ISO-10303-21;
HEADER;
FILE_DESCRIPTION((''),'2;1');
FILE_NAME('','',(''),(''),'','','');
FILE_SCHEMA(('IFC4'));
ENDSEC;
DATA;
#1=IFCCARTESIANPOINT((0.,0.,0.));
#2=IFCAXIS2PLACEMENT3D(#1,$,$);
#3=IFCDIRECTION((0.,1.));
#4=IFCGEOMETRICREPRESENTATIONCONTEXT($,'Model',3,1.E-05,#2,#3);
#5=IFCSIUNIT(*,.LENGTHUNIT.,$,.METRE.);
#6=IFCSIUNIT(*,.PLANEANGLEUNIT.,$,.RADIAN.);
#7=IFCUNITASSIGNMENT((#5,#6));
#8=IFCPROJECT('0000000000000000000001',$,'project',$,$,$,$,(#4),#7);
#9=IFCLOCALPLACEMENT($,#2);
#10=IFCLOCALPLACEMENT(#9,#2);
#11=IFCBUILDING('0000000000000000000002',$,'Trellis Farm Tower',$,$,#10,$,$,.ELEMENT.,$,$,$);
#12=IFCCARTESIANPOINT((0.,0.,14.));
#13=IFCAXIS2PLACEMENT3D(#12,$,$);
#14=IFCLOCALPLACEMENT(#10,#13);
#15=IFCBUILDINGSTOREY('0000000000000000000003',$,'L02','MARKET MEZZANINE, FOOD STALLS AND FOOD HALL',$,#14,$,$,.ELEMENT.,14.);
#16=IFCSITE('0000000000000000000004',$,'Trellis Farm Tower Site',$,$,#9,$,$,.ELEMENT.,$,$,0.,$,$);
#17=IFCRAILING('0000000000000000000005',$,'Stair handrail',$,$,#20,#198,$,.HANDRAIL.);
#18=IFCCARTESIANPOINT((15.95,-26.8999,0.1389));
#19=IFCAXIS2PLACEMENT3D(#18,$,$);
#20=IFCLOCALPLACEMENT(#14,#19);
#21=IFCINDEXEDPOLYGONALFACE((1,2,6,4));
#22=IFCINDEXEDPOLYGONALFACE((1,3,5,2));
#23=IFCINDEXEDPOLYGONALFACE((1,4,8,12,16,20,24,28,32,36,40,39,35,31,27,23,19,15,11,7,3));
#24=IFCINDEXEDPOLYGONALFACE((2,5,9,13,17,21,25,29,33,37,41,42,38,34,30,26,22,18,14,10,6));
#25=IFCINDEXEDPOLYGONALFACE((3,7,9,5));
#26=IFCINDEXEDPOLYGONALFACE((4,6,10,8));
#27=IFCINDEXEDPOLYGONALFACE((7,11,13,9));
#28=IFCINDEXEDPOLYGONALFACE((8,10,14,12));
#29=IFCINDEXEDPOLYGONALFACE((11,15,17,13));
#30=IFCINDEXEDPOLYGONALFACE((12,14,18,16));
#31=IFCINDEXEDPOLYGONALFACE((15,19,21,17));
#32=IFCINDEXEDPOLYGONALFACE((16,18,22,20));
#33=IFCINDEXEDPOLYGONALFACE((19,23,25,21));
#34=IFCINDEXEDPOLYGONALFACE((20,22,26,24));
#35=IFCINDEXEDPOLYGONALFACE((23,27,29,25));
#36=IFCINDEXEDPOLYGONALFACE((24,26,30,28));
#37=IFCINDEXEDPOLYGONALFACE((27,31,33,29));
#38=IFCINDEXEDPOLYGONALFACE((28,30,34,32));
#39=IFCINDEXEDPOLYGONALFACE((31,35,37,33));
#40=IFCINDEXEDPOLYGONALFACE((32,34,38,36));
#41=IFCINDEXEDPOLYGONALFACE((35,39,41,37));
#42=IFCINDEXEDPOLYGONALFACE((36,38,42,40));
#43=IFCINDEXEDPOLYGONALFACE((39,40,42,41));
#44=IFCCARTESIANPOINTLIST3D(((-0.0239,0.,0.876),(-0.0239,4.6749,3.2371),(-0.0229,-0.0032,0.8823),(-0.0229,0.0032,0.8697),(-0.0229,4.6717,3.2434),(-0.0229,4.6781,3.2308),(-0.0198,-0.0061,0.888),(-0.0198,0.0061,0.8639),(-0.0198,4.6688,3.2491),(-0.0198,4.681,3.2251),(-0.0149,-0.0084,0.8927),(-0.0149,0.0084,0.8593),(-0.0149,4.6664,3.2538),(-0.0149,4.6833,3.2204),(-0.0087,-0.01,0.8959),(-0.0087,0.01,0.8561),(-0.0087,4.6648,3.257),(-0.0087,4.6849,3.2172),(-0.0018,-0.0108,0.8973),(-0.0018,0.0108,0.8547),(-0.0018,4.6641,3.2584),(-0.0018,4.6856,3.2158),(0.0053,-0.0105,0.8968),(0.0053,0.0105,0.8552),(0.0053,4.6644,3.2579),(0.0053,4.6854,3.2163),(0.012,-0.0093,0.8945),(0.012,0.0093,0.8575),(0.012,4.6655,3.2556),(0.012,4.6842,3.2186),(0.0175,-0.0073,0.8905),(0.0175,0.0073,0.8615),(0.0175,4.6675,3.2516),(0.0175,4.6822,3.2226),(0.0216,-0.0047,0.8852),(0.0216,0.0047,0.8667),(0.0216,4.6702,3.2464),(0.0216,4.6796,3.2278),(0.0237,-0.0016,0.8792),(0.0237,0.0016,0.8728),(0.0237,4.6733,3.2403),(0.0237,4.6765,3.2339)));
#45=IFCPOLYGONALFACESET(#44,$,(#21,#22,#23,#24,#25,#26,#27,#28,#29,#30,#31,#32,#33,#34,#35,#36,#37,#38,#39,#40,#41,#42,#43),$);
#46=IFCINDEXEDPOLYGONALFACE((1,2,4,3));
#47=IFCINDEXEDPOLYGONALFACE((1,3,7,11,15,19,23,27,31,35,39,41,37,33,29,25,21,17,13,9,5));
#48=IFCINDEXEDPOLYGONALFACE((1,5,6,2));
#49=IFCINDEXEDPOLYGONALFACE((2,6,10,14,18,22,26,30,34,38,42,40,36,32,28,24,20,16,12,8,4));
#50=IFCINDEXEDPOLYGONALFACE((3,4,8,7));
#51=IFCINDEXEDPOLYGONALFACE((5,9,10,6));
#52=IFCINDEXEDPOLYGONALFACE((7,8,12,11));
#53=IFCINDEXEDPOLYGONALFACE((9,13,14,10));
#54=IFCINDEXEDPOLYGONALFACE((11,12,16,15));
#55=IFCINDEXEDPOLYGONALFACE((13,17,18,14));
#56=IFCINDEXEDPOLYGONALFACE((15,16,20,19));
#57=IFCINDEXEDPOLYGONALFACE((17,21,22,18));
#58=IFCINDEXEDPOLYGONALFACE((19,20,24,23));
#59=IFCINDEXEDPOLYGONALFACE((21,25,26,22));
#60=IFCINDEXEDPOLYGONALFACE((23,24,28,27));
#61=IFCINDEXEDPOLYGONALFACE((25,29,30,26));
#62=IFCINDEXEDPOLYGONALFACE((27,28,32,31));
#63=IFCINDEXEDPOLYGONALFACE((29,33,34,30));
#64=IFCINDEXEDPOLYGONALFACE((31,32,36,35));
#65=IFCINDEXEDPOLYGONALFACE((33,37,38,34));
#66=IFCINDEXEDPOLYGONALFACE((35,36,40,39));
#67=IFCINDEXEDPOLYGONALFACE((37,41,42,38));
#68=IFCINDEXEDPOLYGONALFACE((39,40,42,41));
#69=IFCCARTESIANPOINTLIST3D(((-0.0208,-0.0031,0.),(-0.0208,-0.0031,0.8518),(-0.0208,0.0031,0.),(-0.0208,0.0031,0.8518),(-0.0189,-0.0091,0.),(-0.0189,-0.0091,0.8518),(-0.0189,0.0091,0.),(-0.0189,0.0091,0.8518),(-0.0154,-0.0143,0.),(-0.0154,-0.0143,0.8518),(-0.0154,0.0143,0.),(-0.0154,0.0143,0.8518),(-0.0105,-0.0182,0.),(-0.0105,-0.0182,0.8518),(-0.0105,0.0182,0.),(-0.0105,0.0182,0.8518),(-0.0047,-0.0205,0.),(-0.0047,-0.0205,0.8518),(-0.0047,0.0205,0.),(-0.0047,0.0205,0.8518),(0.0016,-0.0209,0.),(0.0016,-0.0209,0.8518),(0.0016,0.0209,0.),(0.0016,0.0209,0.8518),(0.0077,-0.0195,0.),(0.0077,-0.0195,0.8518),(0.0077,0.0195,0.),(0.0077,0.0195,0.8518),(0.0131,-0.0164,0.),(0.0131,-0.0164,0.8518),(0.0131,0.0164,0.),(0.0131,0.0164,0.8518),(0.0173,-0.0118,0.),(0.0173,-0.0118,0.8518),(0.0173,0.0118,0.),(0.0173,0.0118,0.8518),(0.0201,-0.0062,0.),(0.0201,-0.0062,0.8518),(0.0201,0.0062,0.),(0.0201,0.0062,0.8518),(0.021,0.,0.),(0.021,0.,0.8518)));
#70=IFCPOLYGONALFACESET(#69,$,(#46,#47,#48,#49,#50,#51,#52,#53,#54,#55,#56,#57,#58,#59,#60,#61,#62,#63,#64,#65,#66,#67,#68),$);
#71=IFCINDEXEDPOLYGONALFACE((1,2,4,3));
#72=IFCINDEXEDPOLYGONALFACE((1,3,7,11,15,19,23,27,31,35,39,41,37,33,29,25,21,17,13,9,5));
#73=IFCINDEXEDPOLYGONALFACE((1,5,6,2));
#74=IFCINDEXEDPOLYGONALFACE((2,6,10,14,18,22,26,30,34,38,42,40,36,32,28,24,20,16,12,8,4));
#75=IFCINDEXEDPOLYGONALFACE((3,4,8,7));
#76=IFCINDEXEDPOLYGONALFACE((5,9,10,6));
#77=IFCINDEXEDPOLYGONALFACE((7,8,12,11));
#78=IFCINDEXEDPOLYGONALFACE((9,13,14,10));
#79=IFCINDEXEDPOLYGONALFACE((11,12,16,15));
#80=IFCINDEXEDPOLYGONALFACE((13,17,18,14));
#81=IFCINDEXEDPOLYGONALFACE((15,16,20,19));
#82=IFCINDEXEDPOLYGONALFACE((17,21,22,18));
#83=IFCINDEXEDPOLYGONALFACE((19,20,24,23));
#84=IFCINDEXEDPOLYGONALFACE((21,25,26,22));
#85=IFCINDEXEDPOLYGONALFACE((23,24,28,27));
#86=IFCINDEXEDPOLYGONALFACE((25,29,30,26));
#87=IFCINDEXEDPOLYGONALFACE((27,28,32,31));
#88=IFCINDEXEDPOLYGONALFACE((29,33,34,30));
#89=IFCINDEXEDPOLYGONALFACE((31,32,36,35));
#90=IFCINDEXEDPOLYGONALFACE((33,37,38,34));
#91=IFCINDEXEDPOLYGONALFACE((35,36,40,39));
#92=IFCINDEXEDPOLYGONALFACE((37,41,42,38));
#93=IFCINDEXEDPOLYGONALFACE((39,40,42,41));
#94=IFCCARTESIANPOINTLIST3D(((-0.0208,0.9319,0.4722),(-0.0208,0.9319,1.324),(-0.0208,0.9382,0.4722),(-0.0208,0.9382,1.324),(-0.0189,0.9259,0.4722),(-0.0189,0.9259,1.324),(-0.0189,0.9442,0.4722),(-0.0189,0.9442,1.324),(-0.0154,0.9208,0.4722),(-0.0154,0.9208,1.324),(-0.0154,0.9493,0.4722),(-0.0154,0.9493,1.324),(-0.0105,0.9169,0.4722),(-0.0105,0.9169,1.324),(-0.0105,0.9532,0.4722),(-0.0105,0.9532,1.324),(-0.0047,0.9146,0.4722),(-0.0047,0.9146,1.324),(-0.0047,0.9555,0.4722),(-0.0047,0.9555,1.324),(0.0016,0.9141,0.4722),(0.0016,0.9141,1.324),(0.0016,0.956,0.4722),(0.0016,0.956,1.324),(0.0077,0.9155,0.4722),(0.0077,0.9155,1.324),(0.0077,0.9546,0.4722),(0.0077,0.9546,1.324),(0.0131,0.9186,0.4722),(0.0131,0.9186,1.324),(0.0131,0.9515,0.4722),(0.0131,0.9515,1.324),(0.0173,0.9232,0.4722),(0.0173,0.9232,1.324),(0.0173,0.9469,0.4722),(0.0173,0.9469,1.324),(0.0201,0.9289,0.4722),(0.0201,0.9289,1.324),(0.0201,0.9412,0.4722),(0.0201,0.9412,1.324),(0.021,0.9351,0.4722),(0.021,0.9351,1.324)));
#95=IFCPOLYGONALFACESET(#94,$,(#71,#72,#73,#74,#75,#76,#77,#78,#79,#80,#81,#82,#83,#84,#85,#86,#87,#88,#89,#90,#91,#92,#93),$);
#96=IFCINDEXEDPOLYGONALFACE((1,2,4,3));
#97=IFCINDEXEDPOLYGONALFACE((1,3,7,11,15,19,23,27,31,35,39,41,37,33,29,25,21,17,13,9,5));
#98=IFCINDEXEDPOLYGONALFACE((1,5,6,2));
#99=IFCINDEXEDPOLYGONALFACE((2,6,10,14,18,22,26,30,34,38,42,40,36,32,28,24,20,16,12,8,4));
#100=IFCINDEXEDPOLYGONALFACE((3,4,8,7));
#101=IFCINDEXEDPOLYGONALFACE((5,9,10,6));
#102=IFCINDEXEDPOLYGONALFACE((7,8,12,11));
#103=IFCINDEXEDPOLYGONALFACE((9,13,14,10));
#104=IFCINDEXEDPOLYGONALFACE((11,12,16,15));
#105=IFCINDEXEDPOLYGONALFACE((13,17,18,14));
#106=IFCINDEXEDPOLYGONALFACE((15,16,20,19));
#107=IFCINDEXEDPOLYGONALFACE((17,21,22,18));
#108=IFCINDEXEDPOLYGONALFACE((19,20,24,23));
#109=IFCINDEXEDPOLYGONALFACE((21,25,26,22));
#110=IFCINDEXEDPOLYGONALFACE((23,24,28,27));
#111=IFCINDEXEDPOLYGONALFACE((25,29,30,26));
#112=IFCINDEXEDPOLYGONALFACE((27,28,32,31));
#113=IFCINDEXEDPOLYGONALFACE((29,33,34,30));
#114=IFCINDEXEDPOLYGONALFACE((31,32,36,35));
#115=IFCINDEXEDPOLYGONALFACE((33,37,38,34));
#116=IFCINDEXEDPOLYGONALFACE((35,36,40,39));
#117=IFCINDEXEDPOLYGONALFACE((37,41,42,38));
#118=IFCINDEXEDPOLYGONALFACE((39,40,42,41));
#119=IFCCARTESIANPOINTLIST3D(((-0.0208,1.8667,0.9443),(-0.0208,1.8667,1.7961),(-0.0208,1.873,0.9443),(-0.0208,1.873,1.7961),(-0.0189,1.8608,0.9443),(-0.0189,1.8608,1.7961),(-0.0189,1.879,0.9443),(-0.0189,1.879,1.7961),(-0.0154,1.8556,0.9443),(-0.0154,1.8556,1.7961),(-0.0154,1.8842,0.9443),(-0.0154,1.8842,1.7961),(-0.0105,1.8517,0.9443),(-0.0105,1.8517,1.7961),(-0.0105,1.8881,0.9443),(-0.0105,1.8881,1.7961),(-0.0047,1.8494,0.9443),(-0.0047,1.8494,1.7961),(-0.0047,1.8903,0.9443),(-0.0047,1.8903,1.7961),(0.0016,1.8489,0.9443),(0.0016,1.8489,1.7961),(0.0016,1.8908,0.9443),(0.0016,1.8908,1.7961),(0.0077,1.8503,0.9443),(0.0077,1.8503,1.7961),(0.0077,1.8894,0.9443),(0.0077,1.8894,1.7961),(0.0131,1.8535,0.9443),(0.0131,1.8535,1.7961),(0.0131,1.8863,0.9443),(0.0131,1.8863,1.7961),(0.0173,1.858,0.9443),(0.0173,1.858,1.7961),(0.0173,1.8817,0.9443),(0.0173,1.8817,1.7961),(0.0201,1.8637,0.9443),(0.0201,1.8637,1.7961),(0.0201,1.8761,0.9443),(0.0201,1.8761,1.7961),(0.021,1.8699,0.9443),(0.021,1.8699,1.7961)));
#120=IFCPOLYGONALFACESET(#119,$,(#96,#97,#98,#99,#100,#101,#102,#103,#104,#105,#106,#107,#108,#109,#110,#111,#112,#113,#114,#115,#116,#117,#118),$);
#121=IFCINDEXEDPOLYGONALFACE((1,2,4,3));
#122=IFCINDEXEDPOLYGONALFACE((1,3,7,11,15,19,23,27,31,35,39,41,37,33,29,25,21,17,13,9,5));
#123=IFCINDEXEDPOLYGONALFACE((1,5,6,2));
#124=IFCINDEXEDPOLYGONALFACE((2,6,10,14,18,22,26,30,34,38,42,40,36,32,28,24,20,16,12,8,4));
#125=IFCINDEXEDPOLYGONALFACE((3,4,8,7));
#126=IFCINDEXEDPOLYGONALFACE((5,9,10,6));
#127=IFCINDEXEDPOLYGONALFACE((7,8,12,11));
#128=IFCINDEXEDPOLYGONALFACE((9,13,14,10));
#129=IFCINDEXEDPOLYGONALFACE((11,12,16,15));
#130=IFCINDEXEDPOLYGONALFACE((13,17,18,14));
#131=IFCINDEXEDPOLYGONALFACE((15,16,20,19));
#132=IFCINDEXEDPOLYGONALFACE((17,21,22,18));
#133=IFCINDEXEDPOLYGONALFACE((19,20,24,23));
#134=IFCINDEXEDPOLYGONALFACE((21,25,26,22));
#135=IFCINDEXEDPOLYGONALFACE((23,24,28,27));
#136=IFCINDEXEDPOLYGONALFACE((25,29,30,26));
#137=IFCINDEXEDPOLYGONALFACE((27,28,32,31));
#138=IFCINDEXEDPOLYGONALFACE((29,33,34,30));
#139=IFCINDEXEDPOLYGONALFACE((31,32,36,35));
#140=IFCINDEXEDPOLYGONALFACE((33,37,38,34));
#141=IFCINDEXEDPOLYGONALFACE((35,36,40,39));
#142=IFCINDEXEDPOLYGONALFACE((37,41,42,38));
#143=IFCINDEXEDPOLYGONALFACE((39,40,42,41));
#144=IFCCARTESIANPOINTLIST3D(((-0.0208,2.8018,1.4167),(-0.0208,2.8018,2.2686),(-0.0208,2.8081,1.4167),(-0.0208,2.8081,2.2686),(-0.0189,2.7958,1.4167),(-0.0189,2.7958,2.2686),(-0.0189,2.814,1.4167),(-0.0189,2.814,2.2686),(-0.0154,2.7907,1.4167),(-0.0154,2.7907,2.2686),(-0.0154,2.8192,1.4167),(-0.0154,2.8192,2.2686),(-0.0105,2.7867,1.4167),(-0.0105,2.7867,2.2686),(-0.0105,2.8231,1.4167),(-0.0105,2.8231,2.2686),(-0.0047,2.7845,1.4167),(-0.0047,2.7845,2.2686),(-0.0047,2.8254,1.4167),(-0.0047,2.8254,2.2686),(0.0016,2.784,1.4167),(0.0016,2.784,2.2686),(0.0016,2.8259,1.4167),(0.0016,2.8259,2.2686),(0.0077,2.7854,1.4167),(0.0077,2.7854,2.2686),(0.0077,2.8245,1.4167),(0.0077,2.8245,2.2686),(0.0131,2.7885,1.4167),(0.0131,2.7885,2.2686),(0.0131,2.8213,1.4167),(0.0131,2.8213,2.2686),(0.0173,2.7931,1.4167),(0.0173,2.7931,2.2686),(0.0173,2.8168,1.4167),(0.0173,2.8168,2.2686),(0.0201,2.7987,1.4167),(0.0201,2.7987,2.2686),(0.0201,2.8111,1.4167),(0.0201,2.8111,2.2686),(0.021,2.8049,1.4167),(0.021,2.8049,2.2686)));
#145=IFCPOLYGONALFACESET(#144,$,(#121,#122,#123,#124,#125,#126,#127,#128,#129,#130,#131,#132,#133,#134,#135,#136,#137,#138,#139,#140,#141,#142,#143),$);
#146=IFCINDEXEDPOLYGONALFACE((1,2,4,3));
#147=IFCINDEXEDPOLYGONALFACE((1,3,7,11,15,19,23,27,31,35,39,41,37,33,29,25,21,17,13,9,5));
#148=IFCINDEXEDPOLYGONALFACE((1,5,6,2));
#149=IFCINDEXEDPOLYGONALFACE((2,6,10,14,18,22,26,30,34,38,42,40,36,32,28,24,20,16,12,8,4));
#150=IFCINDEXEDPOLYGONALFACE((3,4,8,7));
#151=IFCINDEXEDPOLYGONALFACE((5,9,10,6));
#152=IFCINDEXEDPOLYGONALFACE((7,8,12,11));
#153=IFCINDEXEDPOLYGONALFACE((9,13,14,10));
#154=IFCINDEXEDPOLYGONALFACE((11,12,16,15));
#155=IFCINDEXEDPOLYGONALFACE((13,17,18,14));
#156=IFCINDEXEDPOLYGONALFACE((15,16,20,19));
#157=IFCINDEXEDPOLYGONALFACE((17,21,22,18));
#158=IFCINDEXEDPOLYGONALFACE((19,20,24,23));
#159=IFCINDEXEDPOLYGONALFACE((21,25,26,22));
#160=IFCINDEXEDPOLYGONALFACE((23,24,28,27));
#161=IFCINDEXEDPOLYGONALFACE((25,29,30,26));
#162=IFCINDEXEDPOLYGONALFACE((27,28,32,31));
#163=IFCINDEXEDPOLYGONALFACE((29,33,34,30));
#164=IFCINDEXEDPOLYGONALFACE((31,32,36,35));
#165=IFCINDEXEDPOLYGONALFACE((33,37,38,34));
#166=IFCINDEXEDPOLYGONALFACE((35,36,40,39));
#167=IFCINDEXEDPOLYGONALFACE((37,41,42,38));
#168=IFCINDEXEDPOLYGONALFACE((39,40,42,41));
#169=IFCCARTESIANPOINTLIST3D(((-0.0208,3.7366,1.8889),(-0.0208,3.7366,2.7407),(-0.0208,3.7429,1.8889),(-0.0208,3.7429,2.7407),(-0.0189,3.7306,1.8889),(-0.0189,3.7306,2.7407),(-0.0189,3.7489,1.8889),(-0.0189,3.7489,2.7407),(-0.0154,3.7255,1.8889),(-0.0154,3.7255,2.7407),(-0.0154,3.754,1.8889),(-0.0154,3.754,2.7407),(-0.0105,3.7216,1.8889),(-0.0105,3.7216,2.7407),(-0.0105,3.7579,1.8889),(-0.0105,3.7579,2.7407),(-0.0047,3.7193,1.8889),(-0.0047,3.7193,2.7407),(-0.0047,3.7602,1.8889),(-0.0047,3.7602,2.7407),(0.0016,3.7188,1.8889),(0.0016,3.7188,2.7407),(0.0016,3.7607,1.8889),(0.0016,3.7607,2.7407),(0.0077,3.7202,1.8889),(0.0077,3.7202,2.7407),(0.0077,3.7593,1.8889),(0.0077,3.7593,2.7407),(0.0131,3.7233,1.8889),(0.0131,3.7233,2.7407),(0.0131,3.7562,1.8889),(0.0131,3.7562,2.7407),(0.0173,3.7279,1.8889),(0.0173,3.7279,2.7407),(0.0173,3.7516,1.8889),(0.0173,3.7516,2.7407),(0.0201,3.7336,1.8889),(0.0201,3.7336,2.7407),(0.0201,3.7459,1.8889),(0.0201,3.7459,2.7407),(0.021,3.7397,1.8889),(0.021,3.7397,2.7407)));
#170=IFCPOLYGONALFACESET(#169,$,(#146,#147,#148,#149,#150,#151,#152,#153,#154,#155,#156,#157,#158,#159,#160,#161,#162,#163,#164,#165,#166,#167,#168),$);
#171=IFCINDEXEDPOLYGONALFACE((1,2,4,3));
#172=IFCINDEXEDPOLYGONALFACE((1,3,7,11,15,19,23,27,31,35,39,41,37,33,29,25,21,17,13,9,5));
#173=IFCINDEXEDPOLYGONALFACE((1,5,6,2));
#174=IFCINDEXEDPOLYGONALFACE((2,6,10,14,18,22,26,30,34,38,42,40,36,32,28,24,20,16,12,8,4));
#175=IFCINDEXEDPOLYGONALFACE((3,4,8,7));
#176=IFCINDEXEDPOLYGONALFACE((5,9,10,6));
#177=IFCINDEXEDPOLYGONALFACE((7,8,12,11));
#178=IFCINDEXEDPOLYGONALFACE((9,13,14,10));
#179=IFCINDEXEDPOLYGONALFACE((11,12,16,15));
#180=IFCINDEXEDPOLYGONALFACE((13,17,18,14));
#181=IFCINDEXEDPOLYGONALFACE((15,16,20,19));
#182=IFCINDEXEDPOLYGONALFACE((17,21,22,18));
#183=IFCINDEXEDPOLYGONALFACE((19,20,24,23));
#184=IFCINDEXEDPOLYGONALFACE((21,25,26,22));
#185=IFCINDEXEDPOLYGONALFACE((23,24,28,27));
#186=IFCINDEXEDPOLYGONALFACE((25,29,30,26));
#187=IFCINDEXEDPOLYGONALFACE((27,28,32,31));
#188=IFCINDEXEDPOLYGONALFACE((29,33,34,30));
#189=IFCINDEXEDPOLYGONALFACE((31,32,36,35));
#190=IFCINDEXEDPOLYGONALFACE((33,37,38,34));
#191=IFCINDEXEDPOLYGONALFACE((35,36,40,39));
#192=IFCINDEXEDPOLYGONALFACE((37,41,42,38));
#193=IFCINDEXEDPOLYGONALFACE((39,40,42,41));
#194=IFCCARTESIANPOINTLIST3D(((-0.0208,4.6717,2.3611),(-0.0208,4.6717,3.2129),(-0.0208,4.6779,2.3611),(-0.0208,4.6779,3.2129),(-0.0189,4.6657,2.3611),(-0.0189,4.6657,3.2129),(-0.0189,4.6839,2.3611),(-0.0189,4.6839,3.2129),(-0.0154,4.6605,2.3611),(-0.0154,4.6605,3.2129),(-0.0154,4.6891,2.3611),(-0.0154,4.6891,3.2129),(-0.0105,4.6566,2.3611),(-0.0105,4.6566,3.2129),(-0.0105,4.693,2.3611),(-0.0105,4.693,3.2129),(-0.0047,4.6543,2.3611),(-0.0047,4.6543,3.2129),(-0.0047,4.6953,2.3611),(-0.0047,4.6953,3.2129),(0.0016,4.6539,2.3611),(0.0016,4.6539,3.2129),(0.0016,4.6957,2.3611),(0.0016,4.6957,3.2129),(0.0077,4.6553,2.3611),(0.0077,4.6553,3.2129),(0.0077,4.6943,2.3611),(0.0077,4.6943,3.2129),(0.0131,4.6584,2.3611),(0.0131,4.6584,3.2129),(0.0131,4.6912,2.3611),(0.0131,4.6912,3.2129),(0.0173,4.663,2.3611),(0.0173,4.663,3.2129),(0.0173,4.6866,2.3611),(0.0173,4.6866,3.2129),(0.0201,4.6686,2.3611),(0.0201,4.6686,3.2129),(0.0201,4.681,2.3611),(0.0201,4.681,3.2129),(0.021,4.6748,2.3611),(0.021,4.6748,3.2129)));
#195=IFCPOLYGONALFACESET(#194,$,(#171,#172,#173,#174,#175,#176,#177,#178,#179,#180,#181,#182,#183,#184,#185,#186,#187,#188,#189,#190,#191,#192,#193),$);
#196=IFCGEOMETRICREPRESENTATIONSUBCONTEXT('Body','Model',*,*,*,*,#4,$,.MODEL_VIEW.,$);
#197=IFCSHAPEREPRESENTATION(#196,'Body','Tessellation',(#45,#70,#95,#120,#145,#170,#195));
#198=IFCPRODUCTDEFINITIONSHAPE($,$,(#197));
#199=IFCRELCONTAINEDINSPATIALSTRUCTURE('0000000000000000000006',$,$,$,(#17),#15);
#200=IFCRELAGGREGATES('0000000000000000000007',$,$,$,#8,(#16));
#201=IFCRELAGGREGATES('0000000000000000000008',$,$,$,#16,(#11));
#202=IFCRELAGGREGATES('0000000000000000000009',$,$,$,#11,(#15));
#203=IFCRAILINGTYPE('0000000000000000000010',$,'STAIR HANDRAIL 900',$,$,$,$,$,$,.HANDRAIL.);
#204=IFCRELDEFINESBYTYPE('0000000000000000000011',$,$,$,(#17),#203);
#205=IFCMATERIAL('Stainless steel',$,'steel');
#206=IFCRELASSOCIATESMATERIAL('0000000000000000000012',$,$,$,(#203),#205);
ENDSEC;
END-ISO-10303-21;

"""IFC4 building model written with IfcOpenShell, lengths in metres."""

from ifc_helpers import new_model, si_unit, direction, frame, origin, origin_2d, place, context, subcontext, project, spatial, circle, extrude, source, transform, mapped, material, type_object, element, save


model = new_model("IFC4")

# Units and contexts
model_context = context("Model", 3, precision=1e-05, world=origin(), true_north=direction((0.0, 1.0)))
body_context = subcontext(model_context, "Body", "Model", "MODEL_VIEW")
ifc_project = project(units=[si_unit("LENGTHUNIT", "METRE"), si_unit("PLANEANGLEUNIT", "RADIAN")], contexts=[model_context])

# Site, building, storey
site_placement = place(None, origin())
site = spatial("IfcSite", under=ifc_project, at=site_placement, Name="Trellis Farm Tower Site", CompositionType="ELEMENT", RefElevation=0.0)
building_placement = place(site_placement, origin())
building = spatial("IfcBuilding", under=site, at=building_placement, Name="Trellis Farm Tower", CompositionType="ELEMENT")
storey_placement = place(building_placement, frame((0.0, 0.0, 14.0)))
storey = spatial("IfcBuildingStorey", under=building, at=storey_placement, Name="L02", Description="MARKET MEZZANINE, FOOD STALLS AND FOOD HALL", CompositionType="ELEMENT", Elevation=14.0)

# Railing
ifc_material_1 = material(Name="Stainless steel", Category="steel")
railing_type = type_object("IfcRailingType", Name="STAIR HANDRAIL 900", PredefinedType="HANDRAIL", material=ifc_material_1)
shared_shape_1 = source(origin(), body_context, "Body", "SweptSolid", [
    extrude(circle(Radius=0.0239, at=origin_2d()), frame((0.0, 0.0, 0.876), z_axis=(0.0, 0.892611, 0.450827), x_axis=(-1.0, 0.0, 0.0)), (0.0, 0.0, 1.0), 5.2373),
    extrude(circle(Radius=0.021, at=origin_2d()), origin(), (0.0, 0.0, 1.0), 0.8518),
    extrude(circle(Radius=0.021, at=origin_2d()), frame((0.0, 0.9351, 0.4722)), (0.0, 0.0, 1.0), 0.8518),
    extrude(circle(Radius=0.021, at=origin_2d()), frame((0.0, 1.8699, 0.9443)), (0.0, 0.0, 1.0), 0.8518),
    extrude(circle(Radius=0.021, at=origin_2d()), frame((0.0, 2.8049, 1.4167)), (0.0, 0.0, 1.0), 0.8518),
    extrude(circle(Radius=0.021, at=origin_2d()), frame((0.0, 3.7397, 1.8889)), (0.0, 0.0, 1.0), 0.8518),
    extrude(circle(Radius=0.021, at=origin_2d()), frame((0.0, 4.6748, 2.3611)), (0.0, 0.0, 1.0), 0.8518),
])
for number, where, name in (
    (1, (15.95, -26.8999, 0.1389), "Stair handrail"),
):
    element("IfcRailing", number, at=place(storey_placement, frame(where)), inside=storey, type_object=railing_type, Name=name, PredefinedType="HANDRAIL", context=body_context, shape_type="MappedRepresentation", body=[
        mapped(shared_shape_1, transform((0.0, 0.0, 0.0))),
    ])

save(model, "model.ifc")
